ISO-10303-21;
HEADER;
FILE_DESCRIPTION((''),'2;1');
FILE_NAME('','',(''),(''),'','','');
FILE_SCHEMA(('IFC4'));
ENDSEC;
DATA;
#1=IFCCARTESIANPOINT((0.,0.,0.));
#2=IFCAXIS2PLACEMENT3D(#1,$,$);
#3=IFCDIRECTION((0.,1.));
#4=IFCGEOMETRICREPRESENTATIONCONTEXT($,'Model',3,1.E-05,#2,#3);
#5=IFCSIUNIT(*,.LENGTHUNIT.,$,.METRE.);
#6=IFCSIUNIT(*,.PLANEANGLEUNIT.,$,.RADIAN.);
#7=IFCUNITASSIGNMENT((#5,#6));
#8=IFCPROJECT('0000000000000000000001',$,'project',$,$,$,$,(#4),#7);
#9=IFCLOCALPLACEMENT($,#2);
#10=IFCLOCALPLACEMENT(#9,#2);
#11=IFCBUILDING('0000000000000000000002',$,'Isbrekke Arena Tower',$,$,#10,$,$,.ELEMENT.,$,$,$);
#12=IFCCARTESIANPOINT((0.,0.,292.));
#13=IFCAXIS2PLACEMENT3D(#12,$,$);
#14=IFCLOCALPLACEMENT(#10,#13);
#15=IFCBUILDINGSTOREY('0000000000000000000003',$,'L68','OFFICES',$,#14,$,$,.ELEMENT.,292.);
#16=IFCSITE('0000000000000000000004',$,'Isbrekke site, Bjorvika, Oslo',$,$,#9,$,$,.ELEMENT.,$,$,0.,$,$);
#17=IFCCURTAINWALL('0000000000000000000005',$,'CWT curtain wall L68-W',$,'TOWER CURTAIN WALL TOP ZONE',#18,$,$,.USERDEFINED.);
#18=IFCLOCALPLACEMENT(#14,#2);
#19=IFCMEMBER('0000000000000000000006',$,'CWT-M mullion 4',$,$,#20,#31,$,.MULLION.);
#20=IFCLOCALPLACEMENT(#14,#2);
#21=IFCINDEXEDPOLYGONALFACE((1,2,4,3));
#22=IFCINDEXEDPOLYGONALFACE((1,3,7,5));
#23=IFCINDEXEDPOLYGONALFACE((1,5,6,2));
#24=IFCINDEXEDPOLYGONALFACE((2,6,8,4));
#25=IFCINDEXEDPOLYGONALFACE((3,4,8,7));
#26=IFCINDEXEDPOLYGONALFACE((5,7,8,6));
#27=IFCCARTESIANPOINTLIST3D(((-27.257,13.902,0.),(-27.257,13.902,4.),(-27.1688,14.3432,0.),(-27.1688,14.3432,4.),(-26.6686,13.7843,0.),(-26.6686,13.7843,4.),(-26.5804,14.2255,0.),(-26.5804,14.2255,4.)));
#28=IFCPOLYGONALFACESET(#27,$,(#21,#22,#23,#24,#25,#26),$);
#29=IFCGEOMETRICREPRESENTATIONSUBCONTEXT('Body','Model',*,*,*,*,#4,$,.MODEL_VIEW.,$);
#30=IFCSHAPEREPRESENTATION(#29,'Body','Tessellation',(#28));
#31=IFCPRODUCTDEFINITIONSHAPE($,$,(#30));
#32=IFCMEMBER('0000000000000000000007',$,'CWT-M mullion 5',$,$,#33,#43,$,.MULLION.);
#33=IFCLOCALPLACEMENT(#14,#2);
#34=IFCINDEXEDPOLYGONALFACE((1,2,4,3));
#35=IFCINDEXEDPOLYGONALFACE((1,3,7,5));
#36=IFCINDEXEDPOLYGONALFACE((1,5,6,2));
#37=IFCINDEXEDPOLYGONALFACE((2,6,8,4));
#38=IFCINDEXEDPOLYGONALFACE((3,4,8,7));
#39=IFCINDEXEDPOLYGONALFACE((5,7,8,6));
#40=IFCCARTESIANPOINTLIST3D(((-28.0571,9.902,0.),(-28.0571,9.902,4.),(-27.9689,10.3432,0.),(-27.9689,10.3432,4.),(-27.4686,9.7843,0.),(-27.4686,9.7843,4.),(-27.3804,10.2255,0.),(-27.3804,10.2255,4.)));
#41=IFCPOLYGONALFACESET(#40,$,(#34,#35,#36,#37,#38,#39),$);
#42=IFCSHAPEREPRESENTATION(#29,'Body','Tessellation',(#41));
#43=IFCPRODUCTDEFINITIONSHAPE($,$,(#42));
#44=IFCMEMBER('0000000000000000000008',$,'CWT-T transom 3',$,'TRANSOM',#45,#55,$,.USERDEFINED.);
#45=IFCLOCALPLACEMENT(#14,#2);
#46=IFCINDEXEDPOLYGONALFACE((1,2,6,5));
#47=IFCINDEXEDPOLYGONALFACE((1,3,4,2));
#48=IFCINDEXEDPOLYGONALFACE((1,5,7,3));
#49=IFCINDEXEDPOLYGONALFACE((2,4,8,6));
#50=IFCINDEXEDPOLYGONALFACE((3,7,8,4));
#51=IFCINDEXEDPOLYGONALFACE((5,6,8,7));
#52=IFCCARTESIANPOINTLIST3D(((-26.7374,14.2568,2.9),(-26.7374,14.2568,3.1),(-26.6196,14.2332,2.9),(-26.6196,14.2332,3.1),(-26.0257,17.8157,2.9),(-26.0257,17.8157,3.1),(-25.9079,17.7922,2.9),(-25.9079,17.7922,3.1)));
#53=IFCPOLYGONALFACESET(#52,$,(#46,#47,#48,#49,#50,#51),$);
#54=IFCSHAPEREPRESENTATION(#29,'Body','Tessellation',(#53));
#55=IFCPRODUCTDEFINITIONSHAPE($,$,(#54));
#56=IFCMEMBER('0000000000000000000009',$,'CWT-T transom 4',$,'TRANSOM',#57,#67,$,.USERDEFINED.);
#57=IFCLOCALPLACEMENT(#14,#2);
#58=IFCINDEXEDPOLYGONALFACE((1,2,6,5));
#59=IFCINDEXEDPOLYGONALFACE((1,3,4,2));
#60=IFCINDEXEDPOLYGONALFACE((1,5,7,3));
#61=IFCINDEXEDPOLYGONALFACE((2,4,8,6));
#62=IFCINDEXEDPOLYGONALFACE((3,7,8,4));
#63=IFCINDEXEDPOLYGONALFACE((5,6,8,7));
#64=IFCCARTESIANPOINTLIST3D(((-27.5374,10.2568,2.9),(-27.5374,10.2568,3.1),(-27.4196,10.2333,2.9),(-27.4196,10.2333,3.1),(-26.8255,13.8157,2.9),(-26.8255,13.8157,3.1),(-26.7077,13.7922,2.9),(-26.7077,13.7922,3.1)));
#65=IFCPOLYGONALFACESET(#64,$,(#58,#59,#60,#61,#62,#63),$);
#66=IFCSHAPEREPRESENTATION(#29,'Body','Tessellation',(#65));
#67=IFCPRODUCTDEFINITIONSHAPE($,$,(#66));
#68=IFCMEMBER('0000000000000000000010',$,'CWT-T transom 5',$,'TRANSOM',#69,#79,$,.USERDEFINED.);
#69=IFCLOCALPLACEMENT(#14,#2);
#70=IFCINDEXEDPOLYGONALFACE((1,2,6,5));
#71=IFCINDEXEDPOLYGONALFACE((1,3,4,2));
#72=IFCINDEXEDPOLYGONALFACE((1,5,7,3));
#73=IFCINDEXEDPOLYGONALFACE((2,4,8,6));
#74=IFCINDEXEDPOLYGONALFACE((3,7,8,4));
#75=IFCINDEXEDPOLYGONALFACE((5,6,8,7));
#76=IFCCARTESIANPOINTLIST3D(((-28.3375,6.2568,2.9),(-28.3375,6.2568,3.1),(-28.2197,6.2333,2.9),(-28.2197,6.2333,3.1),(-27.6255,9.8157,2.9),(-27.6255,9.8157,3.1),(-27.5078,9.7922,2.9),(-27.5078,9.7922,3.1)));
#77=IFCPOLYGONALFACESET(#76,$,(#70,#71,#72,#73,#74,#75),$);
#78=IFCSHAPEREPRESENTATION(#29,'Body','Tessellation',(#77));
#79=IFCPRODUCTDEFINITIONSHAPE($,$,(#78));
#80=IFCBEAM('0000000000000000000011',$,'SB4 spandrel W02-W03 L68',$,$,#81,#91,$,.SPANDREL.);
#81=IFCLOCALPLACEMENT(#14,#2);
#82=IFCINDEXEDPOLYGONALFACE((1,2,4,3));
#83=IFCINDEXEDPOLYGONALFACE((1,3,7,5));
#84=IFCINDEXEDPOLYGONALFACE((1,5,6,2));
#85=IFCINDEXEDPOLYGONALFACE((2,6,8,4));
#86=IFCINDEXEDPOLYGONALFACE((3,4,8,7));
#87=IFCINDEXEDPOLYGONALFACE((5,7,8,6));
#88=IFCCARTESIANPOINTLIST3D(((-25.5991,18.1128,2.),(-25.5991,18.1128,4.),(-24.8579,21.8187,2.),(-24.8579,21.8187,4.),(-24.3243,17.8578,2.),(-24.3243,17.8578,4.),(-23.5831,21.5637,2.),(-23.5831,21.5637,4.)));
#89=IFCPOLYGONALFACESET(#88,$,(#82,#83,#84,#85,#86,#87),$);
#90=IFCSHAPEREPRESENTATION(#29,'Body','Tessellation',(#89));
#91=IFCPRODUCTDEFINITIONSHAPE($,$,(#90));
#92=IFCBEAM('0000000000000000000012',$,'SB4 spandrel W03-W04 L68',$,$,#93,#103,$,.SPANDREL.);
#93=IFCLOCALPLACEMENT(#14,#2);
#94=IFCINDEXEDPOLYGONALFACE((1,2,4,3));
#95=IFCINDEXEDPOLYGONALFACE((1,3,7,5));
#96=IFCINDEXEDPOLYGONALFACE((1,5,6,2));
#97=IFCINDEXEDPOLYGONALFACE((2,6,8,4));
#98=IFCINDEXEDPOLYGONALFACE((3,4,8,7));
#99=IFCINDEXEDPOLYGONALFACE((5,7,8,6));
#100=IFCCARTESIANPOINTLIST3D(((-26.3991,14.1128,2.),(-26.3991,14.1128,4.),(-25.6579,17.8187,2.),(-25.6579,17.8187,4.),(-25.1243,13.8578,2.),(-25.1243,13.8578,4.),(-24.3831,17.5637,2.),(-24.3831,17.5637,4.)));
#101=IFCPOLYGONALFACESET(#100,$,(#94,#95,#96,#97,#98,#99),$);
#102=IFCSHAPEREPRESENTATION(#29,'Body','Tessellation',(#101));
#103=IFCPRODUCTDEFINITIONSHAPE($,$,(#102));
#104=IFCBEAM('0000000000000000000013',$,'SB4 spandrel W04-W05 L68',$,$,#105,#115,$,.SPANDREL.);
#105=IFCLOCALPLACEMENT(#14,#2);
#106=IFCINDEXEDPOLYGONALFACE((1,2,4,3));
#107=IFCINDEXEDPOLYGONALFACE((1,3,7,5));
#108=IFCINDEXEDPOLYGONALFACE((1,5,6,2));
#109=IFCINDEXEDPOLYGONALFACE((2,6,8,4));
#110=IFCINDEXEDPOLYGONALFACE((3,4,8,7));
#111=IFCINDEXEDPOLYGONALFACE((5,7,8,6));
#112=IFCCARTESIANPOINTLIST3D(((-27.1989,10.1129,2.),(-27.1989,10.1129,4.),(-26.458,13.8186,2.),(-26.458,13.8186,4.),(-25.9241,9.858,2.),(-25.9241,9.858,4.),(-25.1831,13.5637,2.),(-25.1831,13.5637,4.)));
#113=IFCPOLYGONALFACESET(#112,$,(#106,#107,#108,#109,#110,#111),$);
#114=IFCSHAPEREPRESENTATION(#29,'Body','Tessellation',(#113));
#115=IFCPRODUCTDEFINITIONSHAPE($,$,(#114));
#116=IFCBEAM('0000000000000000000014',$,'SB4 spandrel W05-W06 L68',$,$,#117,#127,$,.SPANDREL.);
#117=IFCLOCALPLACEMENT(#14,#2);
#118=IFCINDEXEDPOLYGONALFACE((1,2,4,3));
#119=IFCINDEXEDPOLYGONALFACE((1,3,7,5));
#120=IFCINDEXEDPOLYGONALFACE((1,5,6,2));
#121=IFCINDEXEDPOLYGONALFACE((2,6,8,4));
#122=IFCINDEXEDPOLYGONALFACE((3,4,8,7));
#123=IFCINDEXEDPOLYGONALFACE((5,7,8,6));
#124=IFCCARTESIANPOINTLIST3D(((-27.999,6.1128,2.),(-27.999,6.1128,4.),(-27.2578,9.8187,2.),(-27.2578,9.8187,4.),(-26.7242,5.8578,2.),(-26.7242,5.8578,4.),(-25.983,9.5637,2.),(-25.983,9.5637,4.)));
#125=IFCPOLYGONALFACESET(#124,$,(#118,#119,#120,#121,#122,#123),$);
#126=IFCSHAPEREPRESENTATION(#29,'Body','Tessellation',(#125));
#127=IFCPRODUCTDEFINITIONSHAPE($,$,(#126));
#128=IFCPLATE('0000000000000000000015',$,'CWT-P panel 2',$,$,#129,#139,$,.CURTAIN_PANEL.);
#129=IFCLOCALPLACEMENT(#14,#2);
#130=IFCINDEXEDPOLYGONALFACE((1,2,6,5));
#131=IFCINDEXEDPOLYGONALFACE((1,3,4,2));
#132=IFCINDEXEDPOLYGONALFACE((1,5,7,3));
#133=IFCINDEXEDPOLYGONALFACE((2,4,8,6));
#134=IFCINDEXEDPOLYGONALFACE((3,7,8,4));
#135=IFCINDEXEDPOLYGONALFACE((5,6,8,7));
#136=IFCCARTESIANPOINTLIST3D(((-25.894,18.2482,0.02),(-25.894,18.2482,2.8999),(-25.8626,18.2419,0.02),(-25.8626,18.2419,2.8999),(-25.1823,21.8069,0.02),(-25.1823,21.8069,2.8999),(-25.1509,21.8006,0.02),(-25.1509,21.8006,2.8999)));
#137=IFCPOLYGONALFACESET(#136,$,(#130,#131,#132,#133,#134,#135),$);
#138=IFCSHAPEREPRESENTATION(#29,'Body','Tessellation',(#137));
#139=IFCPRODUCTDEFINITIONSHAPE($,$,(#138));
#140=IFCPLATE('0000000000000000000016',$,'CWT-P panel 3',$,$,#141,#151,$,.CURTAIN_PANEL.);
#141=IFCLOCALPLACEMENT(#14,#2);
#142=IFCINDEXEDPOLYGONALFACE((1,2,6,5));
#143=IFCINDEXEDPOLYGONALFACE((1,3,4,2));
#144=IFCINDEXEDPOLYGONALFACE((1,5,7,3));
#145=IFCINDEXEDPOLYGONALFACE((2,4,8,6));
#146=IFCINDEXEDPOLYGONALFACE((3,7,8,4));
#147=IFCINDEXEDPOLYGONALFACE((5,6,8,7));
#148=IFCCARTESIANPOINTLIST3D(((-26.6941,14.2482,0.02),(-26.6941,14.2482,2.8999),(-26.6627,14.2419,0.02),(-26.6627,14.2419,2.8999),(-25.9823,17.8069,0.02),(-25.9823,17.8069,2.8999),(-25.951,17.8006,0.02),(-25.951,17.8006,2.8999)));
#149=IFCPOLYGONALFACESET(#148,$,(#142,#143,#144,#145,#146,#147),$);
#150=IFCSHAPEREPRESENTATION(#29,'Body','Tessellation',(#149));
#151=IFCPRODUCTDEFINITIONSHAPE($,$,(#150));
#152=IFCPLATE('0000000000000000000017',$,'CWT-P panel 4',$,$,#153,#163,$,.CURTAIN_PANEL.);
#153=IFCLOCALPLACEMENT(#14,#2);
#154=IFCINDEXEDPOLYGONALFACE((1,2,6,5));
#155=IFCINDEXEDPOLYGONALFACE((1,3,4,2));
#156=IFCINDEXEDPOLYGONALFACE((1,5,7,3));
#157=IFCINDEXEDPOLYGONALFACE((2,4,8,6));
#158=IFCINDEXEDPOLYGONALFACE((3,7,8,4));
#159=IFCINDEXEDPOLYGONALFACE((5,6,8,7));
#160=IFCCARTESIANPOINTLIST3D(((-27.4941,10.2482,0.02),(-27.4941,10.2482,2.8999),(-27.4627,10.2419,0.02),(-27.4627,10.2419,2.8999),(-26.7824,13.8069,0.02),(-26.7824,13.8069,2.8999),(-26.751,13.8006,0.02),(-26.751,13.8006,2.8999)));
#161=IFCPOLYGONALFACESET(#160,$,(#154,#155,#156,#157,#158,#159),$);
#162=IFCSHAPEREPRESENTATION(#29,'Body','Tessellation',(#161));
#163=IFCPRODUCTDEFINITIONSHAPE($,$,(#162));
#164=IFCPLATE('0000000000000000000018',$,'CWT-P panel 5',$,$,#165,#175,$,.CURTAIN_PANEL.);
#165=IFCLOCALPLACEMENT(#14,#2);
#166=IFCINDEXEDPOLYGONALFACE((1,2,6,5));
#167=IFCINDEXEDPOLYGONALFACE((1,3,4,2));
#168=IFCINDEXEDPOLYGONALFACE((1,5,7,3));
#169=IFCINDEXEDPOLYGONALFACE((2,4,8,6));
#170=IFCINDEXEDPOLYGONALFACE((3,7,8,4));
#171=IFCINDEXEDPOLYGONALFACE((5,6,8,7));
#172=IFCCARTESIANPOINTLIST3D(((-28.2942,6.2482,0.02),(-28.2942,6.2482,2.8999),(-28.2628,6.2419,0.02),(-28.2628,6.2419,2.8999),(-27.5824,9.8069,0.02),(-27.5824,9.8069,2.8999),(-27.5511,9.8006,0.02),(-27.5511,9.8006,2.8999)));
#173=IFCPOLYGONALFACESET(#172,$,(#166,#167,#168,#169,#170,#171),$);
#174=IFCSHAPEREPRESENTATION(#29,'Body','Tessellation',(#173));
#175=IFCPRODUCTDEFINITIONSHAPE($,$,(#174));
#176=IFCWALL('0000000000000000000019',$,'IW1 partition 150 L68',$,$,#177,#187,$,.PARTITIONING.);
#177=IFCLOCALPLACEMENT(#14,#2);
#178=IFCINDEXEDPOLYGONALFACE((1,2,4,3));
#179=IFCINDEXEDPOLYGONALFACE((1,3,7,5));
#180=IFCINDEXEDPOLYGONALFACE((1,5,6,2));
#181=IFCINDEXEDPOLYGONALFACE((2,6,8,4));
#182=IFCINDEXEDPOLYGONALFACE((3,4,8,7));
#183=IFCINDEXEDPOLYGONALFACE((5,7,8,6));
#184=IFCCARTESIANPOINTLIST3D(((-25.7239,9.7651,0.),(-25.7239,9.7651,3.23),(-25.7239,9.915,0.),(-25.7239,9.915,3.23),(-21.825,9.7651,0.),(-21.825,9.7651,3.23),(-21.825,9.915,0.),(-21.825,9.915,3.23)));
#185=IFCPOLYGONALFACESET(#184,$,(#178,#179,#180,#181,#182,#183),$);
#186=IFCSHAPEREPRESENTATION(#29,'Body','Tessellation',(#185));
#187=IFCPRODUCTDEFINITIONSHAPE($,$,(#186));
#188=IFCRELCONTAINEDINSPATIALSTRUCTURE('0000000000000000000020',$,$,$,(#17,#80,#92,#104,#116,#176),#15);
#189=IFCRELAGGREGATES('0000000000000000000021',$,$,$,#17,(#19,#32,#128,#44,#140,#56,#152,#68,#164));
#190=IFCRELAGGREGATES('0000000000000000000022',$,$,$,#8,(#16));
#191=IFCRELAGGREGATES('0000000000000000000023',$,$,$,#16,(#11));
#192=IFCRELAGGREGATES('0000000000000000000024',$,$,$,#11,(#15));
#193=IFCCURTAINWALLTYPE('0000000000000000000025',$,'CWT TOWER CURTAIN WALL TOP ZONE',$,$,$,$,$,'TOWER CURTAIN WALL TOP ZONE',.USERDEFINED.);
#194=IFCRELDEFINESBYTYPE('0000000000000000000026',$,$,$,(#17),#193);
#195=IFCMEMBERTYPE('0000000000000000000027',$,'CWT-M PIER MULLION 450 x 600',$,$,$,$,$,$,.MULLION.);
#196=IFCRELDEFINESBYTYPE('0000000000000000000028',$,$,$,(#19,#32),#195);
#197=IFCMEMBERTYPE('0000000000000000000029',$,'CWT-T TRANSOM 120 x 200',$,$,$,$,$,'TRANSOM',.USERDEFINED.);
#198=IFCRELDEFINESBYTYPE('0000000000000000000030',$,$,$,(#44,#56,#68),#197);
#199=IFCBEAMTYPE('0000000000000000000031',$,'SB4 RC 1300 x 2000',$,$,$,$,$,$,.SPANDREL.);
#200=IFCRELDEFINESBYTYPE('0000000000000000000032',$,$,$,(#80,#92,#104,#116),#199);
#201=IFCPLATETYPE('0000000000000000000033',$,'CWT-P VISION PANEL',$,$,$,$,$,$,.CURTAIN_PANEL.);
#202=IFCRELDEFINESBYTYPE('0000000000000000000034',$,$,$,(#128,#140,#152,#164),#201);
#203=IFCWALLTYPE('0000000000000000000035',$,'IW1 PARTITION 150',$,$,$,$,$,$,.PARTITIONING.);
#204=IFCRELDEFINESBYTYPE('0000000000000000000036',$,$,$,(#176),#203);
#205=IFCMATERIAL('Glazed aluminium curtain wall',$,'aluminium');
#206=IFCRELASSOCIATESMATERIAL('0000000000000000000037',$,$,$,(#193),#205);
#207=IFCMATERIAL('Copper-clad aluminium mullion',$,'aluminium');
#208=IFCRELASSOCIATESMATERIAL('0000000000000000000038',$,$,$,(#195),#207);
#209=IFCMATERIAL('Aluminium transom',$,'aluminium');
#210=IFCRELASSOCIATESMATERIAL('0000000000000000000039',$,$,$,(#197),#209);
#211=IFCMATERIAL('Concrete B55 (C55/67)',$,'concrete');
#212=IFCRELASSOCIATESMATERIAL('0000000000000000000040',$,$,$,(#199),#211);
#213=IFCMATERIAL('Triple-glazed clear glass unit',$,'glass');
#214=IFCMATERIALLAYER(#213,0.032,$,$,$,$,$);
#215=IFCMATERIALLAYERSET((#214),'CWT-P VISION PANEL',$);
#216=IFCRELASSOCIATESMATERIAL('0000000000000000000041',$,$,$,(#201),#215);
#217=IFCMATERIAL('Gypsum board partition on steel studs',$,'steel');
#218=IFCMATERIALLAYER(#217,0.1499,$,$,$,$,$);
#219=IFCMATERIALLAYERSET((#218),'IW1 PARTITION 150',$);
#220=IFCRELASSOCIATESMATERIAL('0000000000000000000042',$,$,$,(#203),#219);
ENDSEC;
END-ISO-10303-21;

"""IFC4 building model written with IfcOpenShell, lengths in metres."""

from ifc_helpers import new_model, si_unit, direction, frame, frame_2d, origin, origin_2d, place, context, subcontext, project, spatial, rectangle, extrude, material, layer, layer_set, material_profile, profile_set, type_object, element, aggregate, save


model = new_model("IFC4")

# Units and contexts
model_context = context("Model", 3, precision=1e-05, world=origin(), true_north=direction((0.0, 1.0)))
body_context = subcontext(model_context, "Body", "Model", "MODEL_VIEW")
ifc_project = project(units=[si_unit("LENGTHUNIT", "METRE"), si_unit("PLANEANGLEUNIT", "RADIAN")], contexts=[model_context])

# Site, building, storey
site_placement = place(None, origin())
site = spatial("IfcSite", under=ifc_project, at=site_placement, Name="Isbrekke site, Bjorvika, Oslo", CompositionType="ELEMENT", RefElevation=0.0)
building_placement = place(site_placement, origin())
building = spatial("IfcBuilding", under=site, at=building_placement, Name="Isbrekke Arena Tower", CompositionType="ELEMENT")
storey_placement = place(building_placement, frame((0.0, 0.0, 292.0)))
storey = spatial("IfcBuildingStorey", under=building, at=storey_placement, Name="L68", Description="OFFICES", CompositionType="ELEMENT", Elevation=292.0)

# Curtain wall, members
ifc_material_1 = material(Name="Glazed aluminium curtain wall", Category="aluminium")
curtain_wall_type = type_object("IfcCurtainWallType", Name="CWT TOWER CURTAIN WALL TOP ZONE", ElementType="TOWER CURTAIN WALL TOP ZONE", PredefinedType="USERDEFINED", material=ifc_material_1)
curtain_wall_placement = place(storey_placement, origin())
curtain_wall = element("IfcCurtainWall", 1, at=curtain_wall_placement, inside=storey, type_object=curtain_wall_type, Name="CWT curtain wall L68-W", ObjectType="TOWER CURTAIN WALL TOP ZONE", PredefinedType="USERDEFINED")
ifc_material_2 = material(Name="Copper-clad aluminium mullion", Category="aluminium")
ifc_material_profile_1 = material_profile(ifc_material_2, rectangle(XDim=0.45, YDim=0.6001, at=origin_2d()), Name="PIER 450X600")
ifc_profile_set_1 = profile_set([ifc_material_profile_1], Name="Copper-clad aluminium mullion")
member_type_1 = type_object("IfcMemberType", Name="CWT-M PIER MULLION 450 x 600", PredefinedType="MULLION", material=ifc_profile_set_1)
member_1_placement = place(storey_placement, frame((-26.9187, 14.0637, 0.0), z_axis=(0.0, 0.0, 1.0), x_axis=(-0.196116, -0.980581, 0.0)))
member_1 = element("IfcMember", 2, at=member_1_placement, type_object=member_type_1, Name="CWT-M mullion 4", PredefinedType="MULLION", context=body_context, shape_type="SweptSolid", body=[
    extrude(rectangle(XDim=0.45, YDim=0.6001, at=origin_2d()), origin(), (0.0, 0.0, 1.0), 4.0),
])
member_2_placement = place(storey_placement, frame((-27.7188, 10.0637, 0.0), z_axis=(0.0, 0.0, 1.0), x_axis=(-0.196116, -0.980581, 0.0)))
member_2 = element("IfcMember", 3, at=member_2_placement, type_object=member_type_1, Name="CWT-M mullion 5", PredefinedType="MULLION", context=body_context, shape_type="SweptSolid", body=[
    extrude(rectangle(XDim=0.45, YDim=0.6001, at=origin_2d()), origin(), (0.0, 0.0, 1.0), 4.0),
])
ifc_material_3 = material(Name="Aluminium transom", Category="aluminium")
ifc_material_profile_2 = material_profile(ifc_material_3, rectangle(XDim=0.1201, YDim=0.2, at=origin_2d()), Name="TRANSOM 120X200")
ifc_profile_set_2 = profile_set([ifc_material_profile_2], Name="Aluminium transom")
member_type_2 = type_object("IfcMemberType", Name="CWT-T TRANSOM 120 x 200", ElementType="TRANSOM", PredefinedType="USERDEFINED", material=ifc_profile_set_2)
member_3_placement = place(storey_placement, frame((-25.9668, 17.804, 3.0), z_axis=(-0.19609, -0.980586, 0.0), x_axis=(0.980586, -0.19609, 0.0)))
member_3 = element("IfcMember", 4, at=member_3_placement, type_object=member_type_2, Name="CWT-T transom 3", ObjectType="TRANSOM", PredefinedType="USERDEFINED", context=body_context, shape_type="SweptSolid", body=[
    extrude(rectangle(XDim=0.1201, YDim=0.2, at=origin_2d()), origin(), (0.0, 0.0, 1.0), 3.6294),
])
member_4_placement = place(storey_placement, frame((-26.7666, 13.804, 3.0), z_axis=(-0.196155, -0.980573, 0.0), x_axis=(0.980573, -0.196155, 0.0)))
member_4 = element("IfcMember", 5, at=member_4_placement, type_object=member_type_2, Name="CWT-T transom 4", ObjectType="TRANSOM", PredefinedType="USERDEFINED", context=body_context, shape_type="SweptSolid", body=[
    extrude(rectangle(XDim=0.1201, YDim=0.2, at=origin_2d()), origin(), (0.0, 0.0, 1.0), 3.6294),
])
member_5_placement = place(storey_placement, frame((-27.5667, 9.804, 3.0), z_axis=(-0.196155, -0.980573, 0.0), x_axis=(0.980573, -0.196155, 0.0)))
member_5 = element("IfcMember", 6, at=member_5_placement, type_object=member_type_2, Name="CWT-T transom 5", ObjectType="TRANSOM", PredefinedType="USERDEFINED", context=body_context, shape_type="SweptSolid", body=[
    extrude(rectangle(XDim=0.1201, YDim=0.2, at=origin_2d()), origin(), (0.0, 0.0, 1.0), 3.6294),
])

# Beams
ifc_material_4 = material(Name="Concrete B55 (C55/67)", Category="concrete")
ifc_material_profile_3 = material_profile(ifc_material_4, rectangle(XDim=1.3, YDim=2.0, at=origin_2d()), Name="RC 1300x2000")
ifc_profile_set_3 = profile_set([ifc_material_profile_3], Name="Concrete B55 (C55/67)")
beam_type_1 = type_object("IfcBeamType", Name="SB4 RC 1300 x 2000", PredefinedType="SPANDREL", material=ifc_profile_set_3)
for number, where, z_axis, x_axis, name in (
    (7, (-24.2205, 21.6912, 3.0), (-0.196129, -0.980578, 0.0), (0.980578, -0.196129, 0.0), "SB4 spandrel W02-W03 L68"),
    (8, (-25.0205, 17.6912, 3.0), (-0.196129, -0.980578, 0.0), (0.980578, -0.196129, 0.0), "SB4 spandrel W03-W04 L68"),
):
    element("IfcBeam", number, at=place(storey_placement, frame(where, z_axis=z_axis, x_axis=x_axis)), inside=storey, type_object=beam_type_1, Name=name, PredefinedType="SPANDREL", context=body_context, shape_type="SweptSolid", body=[
        extrude(rectangle(XDim=1.3, YDim=2.0, at=origin_2d()), origin(), (0.0, 0.0, 1.0), 3.7793),
    ])
beam_1_placement = place(storey_placement, frame((-25.8206, 13.6912, 3.0), z_axis=(-0.196066, -0.980591, 0.0), x_axis=(0.980591, -0.196066, 0.0)))
element("IfcBeam", 9, at=beam_1_placement, inside=storey, type_object=beam_type_1, Name="SB4 spandrel W04-W05 L68", PredefinedType="SPANDREL", context=body_context, shape_type="SweptSolid", body=[
    extrude(rectangle(XDim=1.3, YDim=2.0, at=origin_2d()), origin(), (0.0, 0.0, 1.0), 3.7791),
])
beam_2_placement = place(storey_placement, frame((-26.6204, 9.6912, 3.0), z_axis=(-0.196129, -0.980578, 0.0), x_axis=(0.980578, -0.196129, 0.0)))
element("IfcBeam", 10, at=beam_2_placement, inside=storey, type_object=beam_type_1, Name="SB4 spandrel W05-W06 L68", PredefinedType="SPANDREL", context=body_context, shape_type="SweptSolid", body=[
    extrude(rectangle(XDim=1.3, YDim=2.0, at=origin_2d()), origin(), (0.0, 0.0, 1.0), 3.7793),
])

# Plates
ifc_material_5 = material(Name="Triple-glazed clear glass unit", Category="glass")
ifc_layer_1 = layer(ifc_material_5, 0.032)
ifc_layer_set_1 = layer_set([ifc_layer_1], Name="CWT-P VISION PANEL")
plate_type = type_object("IfcPlateType", Name="CWT-P VISION PANEL", PredefinedType="CURTAIN_PANEL", material=ifc_layer_set_1)
plate_1_placement = place(storey_placement, frame((-25.5225, 20.0244, 0.02), z_axis=(0.0, 0.0, 1.0), x_axis=(-0.196116, -0.980581, 0.0)))
plate_1 = element("IfcPlate", 11, at=plate_1_placement, type_object=plate_type, Name="CWT-P panel 2", PredefinedType="CURTAIN_PANEL", context=body_context, shape_type="SweptSolid", body=[
    extrude(rectangle(XDim=3.6292, YDim=0.032, at=origin_2d()), origin(), (0.0, 0.0, 1.0), 2.8799),
])
plate_2_placement = place(storey_placement, frame((-26.3225, 16.0244, 0.02), z_axis=(0.0, 0.0, 1.0), x_axis=(-0.196116, -0.980581, 0.0)))
plate_2 = element("IfcPlate", 12, at=plate_2_placement, type_object=plate_type, Name="CWT-P panel 3", PredefinedType="CURTAIN_PANEL", context=body_context, shape_type="SweptSolid", body=[
    extrude(rectangle(XDim=3.6292, YDim=0.032, at=origin_2d()), origin(), (0.0, 0.0, 1.0), 2.8799),
])
plate_3_placement = place(storey_placement, frame((-27.1226, 12.0244, 0.02), z_axis=(0.0, 0.0, 1.0), x_axis=(-0.196116, -0.980581, 0.0)))
plate_3 = element("IfcPlate", 13, at=plate_3_placement, type_object=plate_type, Name="CWT-P panel 4", PredefinedType="CURTAIN_PANEL", context=body_context, shape_type="SweptSolid", body=[
    extrude(rectangle(XDim=3.6292, YDim=0.032, at=origin_2d()), origin(), (0.0, 0.0, 1.0), 2.8799),
])
plate_4_placement = place(storey_placement, frame((-27.9226, 8.0244, 0.02), z_axis=(0.0, 0.0, 1.0), x_axis=(-0.196116, -0.980581, 0.0)))
plate_4 = element("IfcPlate", 14, at=plate_4_placement, type_object=plate_type, Name="CWT-P panel 5", PredefinedType="CURTAIN_PANEL", context=body_context, shape_type="SweptSolid", body=[
    extrude(rectangle(XDim=3.6292, YDim=0.032, at=origin_2d()), origin(), (0.0, 0.0, 1.0), 2.8799),
])
aggregate(curtain_wall, [member_1, member_2, plate_1, member_3, plate_2, member_4, plate_3, member_5, plate_4])

# Wall
ifc_material_6 = material(Name="Gypsum board partition on steel studs", Category="steel")
ifc_layer_2 = layer(ifc_material_6, 0.1499)
ifc_layer_set_2 = layer_set([ifc_layer_2], Name="IW1 PARTITION 150")
wall_type = type_object("IfcWallType", Name="IW1 PARTITION 150", PredefinedType="PARTITIONING", material=ifc_layer_set_2)
wall_1_placement = place(storey_placement, frame((-25.7239, 9.8401, 0.0), z_axis=(0.0, 0.0, 1.0), x_axis=(1.0, 0.0, 0.0)))
element("IfcWall", 15, at=wall_1_placement, inside=storey, type_object=wall_type, Name="IW1 partition 150 L68", PredefinedType="PARTITIONING", context=body_context, shape_type="SweptSolid", body=[
    extrude(rectangle(XDim=3.8989, YDim=0.1499, at=frame_2d((1.9495, 0.0))), origin(), (0.0, 0.0, 1.0), 3.23),
])

save(model, "model.ifc")
